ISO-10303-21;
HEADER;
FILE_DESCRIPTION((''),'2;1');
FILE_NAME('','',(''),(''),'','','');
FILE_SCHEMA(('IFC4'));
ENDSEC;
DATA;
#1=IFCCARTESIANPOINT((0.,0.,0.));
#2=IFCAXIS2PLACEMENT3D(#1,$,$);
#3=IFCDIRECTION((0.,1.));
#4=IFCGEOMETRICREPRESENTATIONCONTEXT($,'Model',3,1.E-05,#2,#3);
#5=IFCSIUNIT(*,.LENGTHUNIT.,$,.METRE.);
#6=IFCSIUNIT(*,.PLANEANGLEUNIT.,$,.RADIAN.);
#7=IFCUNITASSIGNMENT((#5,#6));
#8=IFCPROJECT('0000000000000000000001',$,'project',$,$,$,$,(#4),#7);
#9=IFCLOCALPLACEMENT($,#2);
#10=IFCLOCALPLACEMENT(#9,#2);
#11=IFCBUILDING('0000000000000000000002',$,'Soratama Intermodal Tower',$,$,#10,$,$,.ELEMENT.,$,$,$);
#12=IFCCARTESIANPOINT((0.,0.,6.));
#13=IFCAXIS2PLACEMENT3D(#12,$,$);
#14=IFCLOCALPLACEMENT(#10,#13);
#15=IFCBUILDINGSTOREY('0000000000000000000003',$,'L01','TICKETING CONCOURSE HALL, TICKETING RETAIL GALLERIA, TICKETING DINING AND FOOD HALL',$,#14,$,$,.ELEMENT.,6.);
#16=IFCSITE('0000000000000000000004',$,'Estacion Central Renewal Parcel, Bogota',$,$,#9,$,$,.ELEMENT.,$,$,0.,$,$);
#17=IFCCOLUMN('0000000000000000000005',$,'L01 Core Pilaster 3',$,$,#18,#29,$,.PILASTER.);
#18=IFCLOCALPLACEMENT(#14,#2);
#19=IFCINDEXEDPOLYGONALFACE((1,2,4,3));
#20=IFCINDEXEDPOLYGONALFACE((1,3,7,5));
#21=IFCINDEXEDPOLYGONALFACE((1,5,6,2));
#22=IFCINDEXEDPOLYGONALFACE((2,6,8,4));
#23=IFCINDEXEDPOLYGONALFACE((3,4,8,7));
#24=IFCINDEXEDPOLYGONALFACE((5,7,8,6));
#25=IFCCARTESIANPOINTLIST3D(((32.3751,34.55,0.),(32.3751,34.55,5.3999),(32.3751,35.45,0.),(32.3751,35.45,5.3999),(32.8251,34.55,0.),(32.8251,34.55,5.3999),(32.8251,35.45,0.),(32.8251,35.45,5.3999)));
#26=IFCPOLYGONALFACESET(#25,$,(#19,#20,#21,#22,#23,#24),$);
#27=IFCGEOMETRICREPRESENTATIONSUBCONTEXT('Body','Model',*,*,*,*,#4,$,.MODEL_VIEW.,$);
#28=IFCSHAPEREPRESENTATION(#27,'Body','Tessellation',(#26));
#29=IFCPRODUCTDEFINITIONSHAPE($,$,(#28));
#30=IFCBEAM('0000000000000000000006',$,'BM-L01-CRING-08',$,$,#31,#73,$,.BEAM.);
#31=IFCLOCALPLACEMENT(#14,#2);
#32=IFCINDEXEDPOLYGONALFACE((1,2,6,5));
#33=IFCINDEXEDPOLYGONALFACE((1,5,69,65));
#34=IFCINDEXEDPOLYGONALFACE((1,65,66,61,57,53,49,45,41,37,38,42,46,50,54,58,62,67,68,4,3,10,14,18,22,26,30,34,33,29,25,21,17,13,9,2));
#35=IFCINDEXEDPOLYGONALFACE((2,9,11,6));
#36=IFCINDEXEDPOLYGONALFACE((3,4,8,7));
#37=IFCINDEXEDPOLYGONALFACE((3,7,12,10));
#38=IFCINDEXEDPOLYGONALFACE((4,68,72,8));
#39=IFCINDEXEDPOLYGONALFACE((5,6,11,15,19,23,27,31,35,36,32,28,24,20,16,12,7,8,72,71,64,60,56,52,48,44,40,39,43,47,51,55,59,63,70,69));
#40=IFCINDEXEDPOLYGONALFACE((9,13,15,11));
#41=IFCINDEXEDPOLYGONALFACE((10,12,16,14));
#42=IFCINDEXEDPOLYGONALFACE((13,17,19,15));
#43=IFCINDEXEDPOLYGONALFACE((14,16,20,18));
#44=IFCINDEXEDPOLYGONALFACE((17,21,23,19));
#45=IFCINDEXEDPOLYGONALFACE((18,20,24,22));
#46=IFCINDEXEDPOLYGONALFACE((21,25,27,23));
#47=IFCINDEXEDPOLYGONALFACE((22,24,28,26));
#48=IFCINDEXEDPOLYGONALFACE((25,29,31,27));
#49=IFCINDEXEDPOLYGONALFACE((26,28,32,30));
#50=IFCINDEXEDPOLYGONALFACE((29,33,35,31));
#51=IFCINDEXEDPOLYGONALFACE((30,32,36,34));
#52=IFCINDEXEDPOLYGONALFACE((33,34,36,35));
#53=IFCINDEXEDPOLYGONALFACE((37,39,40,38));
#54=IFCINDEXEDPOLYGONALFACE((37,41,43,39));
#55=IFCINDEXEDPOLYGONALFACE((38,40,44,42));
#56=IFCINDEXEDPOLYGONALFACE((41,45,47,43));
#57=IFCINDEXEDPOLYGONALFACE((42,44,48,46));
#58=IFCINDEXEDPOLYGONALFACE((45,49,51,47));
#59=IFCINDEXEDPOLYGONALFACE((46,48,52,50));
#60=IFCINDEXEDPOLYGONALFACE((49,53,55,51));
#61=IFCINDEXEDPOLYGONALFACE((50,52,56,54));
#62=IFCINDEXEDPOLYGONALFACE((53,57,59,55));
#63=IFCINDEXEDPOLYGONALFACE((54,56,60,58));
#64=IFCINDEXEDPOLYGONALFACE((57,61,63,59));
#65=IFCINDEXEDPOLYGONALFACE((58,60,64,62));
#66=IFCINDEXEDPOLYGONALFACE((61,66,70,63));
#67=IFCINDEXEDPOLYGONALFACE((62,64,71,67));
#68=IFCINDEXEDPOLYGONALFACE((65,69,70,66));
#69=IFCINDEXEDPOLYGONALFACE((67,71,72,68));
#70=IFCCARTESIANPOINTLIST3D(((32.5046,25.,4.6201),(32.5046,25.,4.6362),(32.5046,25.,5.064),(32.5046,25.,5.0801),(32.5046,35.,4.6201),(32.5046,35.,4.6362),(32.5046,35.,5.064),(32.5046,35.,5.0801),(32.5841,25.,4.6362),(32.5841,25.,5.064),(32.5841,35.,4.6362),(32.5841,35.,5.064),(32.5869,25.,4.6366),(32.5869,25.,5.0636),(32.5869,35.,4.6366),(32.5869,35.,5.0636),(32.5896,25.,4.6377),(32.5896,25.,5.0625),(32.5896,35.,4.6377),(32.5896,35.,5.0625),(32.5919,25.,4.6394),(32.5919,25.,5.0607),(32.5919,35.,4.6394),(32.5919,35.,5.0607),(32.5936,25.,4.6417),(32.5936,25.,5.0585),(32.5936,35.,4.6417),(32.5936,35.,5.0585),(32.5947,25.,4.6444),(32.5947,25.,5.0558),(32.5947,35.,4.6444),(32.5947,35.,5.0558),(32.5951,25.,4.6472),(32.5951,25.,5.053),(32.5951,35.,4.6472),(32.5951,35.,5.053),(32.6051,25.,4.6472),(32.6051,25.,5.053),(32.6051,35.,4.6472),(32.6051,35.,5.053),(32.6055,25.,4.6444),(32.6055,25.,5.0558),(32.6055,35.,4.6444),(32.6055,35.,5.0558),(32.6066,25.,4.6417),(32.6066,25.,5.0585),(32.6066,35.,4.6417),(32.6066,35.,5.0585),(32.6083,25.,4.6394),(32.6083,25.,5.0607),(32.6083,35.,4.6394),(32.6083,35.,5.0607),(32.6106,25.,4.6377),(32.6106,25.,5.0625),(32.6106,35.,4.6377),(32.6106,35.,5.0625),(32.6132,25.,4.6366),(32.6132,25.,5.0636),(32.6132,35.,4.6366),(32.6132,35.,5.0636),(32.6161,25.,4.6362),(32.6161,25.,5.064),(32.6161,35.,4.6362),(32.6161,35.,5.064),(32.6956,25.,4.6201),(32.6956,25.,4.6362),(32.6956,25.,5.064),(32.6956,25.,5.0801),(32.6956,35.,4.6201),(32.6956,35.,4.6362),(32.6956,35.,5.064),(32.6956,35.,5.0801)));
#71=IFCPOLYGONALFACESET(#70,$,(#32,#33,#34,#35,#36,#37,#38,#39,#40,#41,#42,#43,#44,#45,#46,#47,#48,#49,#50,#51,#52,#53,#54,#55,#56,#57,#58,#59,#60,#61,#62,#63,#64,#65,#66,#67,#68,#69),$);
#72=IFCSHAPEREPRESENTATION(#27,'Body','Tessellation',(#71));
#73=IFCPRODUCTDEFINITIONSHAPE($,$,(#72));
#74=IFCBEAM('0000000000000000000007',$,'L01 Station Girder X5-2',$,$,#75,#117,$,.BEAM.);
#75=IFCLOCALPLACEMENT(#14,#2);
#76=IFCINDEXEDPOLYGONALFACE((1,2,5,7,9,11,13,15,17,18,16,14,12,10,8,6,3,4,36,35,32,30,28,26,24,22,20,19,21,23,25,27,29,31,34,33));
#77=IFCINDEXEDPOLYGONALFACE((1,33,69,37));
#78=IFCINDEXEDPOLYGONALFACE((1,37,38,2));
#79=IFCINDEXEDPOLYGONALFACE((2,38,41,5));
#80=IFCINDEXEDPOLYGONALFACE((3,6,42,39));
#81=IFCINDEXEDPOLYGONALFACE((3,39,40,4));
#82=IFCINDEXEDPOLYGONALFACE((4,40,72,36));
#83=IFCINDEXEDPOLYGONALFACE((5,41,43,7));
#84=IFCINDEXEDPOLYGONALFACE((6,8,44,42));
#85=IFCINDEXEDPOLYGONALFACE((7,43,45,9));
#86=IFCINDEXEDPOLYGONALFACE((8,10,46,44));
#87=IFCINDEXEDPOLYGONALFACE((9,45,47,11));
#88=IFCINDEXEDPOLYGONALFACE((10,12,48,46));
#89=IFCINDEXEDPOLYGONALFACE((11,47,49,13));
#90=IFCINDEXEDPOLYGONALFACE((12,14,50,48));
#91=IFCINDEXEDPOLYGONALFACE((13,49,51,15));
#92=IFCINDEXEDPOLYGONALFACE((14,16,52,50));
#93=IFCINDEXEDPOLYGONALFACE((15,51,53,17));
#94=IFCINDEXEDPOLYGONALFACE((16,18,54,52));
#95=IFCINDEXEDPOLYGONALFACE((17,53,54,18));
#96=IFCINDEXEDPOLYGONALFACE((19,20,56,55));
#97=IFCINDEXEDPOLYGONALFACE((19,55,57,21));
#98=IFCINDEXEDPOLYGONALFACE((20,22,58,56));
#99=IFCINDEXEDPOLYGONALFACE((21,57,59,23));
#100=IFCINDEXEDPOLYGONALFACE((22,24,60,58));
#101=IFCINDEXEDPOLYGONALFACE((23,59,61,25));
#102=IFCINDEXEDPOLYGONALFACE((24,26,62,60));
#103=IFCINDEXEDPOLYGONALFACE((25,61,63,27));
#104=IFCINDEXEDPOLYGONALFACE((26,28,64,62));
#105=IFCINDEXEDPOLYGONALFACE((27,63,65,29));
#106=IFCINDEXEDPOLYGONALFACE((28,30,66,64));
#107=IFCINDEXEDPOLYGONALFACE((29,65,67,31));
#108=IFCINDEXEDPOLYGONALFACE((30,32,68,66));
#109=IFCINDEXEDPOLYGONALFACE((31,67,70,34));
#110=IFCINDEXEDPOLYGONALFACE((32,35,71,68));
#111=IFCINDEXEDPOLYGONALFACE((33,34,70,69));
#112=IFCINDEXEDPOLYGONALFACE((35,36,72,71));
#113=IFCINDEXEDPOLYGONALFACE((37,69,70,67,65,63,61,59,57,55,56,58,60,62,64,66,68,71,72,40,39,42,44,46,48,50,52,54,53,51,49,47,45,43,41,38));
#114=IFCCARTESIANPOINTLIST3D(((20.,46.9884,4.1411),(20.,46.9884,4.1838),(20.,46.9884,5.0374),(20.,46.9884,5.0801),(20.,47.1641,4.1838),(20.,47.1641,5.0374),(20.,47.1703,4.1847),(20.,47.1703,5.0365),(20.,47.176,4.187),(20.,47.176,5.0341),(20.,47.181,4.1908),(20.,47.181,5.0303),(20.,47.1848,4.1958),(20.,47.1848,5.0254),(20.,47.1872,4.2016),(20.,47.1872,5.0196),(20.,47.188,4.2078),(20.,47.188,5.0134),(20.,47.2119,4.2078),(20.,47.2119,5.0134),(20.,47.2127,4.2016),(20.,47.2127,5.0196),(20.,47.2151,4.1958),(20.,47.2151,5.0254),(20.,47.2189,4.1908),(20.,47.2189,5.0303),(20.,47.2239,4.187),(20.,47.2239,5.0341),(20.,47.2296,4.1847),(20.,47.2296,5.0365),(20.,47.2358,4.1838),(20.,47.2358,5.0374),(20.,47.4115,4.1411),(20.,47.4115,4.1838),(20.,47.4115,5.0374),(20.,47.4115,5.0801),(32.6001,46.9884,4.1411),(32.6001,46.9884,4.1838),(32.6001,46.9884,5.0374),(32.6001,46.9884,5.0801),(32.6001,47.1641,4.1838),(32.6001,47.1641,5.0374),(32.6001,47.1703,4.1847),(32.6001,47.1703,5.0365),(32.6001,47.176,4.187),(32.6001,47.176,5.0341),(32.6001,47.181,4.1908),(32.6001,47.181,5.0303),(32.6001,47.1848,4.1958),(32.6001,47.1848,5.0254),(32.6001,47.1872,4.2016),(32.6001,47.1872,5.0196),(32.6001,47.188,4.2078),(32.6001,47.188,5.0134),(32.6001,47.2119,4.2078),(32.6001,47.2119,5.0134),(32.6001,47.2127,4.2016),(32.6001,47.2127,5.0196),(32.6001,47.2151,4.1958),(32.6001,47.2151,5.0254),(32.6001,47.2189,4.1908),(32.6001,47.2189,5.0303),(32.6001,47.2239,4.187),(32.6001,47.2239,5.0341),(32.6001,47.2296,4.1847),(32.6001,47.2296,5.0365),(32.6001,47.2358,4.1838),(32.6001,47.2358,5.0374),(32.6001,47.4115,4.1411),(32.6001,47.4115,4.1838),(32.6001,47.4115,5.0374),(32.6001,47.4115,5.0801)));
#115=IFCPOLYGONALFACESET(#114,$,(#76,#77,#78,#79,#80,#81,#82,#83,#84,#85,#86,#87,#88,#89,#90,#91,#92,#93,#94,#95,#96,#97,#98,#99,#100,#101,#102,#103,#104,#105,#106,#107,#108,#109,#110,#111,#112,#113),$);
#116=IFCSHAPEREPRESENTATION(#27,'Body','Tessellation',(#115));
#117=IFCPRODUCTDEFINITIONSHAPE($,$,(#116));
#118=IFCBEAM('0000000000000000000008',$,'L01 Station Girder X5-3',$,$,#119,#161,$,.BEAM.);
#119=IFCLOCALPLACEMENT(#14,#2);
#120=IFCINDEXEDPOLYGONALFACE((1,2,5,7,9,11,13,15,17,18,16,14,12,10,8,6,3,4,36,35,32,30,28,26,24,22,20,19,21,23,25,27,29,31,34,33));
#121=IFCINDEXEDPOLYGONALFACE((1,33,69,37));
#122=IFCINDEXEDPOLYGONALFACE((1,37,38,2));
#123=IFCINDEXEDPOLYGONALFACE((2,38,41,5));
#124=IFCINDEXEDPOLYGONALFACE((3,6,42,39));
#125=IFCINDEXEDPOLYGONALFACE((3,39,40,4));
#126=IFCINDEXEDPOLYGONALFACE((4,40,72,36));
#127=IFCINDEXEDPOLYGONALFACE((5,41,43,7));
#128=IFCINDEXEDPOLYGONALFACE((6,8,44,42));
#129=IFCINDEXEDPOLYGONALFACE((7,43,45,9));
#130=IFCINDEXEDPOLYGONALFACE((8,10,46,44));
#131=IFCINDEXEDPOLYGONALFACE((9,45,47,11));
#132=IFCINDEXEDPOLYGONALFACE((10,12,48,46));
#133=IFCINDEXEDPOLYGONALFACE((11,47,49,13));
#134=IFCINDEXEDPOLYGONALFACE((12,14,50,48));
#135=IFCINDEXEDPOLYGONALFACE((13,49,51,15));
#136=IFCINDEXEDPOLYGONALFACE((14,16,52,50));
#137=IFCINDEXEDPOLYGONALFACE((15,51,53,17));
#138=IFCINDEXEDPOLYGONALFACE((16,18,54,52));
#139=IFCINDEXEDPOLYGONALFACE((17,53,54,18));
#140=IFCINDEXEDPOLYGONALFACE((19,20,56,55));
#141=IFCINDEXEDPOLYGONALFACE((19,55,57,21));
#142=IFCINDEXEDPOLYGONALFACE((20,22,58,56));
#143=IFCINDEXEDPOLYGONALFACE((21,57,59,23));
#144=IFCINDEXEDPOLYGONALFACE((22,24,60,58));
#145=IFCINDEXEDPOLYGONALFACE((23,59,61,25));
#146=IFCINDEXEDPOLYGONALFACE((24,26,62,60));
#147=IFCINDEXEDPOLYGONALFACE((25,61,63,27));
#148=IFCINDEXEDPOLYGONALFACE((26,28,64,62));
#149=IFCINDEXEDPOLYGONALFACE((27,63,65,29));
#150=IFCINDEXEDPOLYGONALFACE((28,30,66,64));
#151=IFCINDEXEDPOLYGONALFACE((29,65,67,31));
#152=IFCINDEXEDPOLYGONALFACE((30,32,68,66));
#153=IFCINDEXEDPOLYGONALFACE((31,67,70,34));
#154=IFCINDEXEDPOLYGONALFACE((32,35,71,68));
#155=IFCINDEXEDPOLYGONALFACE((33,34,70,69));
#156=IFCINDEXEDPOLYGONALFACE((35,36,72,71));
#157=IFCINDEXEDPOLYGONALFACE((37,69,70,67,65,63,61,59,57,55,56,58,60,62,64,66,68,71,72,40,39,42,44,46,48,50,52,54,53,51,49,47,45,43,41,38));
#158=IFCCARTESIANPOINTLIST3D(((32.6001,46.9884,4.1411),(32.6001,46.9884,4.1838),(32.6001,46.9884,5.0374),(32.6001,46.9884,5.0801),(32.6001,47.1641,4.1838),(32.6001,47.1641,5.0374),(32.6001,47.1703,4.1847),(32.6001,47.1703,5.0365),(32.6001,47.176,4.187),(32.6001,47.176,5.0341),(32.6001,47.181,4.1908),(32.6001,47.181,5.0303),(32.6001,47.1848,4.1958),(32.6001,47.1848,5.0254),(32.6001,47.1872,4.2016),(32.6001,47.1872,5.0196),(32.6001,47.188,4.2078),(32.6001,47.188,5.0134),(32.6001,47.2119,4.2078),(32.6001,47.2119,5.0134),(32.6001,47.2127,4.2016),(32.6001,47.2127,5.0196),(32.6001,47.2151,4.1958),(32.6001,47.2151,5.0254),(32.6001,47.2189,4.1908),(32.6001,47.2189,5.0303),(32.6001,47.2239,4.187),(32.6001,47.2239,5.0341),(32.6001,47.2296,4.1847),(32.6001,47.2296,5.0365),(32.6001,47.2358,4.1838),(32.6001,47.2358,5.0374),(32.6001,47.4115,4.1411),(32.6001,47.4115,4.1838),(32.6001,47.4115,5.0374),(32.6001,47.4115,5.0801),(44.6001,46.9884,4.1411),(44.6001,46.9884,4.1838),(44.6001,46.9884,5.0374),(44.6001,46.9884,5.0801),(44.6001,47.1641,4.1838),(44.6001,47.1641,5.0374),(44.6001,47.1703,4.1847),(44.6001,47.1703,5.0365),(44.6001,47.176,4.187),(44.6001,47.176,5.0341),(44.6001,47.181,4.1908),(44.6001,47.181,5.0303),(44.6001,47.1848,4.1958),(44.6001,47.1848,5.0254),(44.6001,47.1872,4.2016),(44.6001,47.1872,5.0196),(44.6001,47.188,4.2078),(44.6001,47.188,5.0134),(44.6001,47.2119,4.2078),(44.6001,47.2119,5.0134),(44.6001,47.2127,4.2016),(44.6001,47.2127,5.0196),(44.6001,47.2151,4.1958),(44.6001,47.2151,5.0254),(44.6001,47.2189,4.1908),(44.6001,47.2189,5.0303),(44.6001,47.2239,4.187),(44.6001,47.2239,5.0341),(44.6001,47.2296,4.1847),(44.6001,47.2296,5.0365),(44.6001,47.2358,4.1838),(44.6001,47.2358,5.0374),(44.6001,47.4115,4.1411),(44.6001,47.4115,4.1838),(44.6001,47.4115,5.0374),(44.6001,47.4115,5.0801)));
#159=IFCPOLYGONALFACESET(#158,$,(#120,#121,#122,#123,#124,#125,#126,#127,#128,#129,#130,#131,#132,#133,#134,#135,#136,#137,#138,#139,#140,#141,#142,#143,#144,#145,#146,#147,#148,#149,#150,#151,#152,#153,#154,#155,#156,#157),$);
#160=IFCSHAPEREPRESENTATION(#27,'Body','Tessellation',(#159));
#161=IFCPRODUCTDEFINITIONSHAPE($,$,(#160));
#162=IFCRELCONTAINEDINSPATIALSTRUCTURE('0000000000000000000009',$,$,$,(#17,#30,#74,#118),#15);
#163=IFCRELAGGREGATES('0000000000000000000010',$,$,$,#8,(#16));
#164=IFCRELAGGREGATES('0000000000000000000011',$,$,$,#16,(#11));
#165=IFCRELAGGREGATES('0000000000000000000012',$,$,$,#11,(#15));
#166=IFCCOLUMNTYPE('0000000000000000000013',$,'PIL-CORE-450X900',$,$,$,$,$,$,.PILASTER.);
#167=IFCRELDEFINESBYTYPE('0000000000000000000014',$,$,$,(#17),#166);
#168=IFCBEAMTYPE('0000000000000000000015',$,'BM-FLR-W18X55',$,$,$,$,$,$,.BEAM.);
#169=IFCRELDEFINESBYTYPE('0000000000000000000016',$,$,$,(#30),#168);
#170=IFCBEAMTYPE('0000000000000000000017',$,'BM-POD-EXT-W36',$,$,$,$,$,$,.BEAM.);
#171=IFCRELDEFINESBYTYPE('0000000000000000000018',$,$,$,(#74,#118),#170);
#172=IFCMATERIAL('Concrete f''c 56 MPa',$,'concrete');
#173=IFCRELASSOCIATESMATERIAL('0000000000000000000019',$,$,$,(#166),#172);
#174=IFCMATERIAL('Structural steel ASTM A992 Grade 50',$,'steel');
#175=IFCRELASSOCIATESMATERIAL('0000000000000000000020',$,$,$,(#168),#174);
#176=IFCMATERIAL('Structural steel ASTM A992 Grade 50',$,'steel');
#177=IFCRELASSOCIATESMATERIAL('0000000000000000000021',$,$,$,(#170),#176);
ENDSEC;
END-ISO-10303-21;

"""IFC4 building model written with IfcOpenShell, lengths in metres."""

from ifc_helpers import new_model, si_unit, direction, frame, origin, origin_2d, place, context, subcontext, project, spatial, rectangle, i_section, extrude, material, material_profile, profile_set, type_object, element, save


model = new_model("IFC4")

# Units and contexts
model_context = context("Model", 3, precision=1e-05, world=origin(), true_north=direction((0.0, 1.0)))
body_context = subcontext(model_context, "Body", "Model", "MODEL_VIEW")
ifc_project = project(units=[si_unit("LENGTHUNIT", "METRE"), si_unit("PLANEANGLEUNIT", "RADIAN")], contexts=[model_context])

# Site, building, storey
site_placement = place(None, origin())
site = spatial("IfcSite", under=ifc_project, at=site_placement, Name="Estacion Central Renewal Parcel, Bogota", CompositionType="ELEMENT", RefElevation=0.0)
building_placement = place(site_placement, origin())
building = spatial("IfcBuilding", under=site, at=building_placement, Name="Soratama Intermodal Tower", CompositionType="ELEMENT")
storey_placement = place(building_placement, frame((0.0, 0.0, 6.0)))
storey = spatial("IfcBuildingStorey", under=building, at=storey_placement, Name="L01", Description="TICKETING CONCOURSE HALL, TICKETING RETAIL GALLERIA, TICKETING DINING AND FOOD HALL", CompositionType="ELEMENT", Elevation=6.0)

# Column
ifc_material_1 = material(Name="Concrete f'c 56 MPa", Category="concrete")
ifc_material_profile_1 = material_profile(ifc_material_1, rectangle(XDim=0.45, YDim=0.8999, at=origin_2d()), Name="RC450X900")
ifc_profile_set_1 = profile_set([ifc_material_profile_1], Name="Concrete f'c 56 MPa")
column_type_1 = type_object("IfcColumnType", Name="PIL-CORE-450X900", PredefinedType="PILASTER", material=ifc_profile_set_1)
column_1_placement = place(storey_placement, frame((32.6001, 35.0, 0.0), z_axis=(0.0, 0.0, 1.0), x_axis=(1.0, 0.0, 0.0)))
element("IfcColumn", 1, at=column_1_placement, inside=storey, type_object=column_type_1, Name="L01 Core Pilaster 3", PredefinedType="PILASTER", context=body_context, shape_type="SweptSolid", body=[
    extrude(rectangle(XDim=0.45, YDim=0.8999, at=origin_2d()), origin(), (0.0, 0.0, 1.0), 5.3999),
])

# Beams
ifc_material_2 = material(Name="Structural steel ASTM A992 Grade 50", Category="steel")
ifc_material_profile_2 = material_profile(ifc_material_2, i_section(OverallWidth=0.1909, OverallDepth=0.46, WebThickness=0.01, FlangeThickness=0.0161, FilletRadius=0.011, at=origin_2d()), Name="W18X55")
ifc_profile_set_2 = profile_set([ifc_material_profile_2], Name="Structural steel ASTM A992 Grade 50")
beam_type_1 = type_object("IfcBeamType", Name="BM-FLR-W18X55", PredefinedType="BEAM", material=ifc_profile_set_2)
beam_1_placement = place(storey_placement, frame((32.6001, 35.0, 4.8501), z_axis=(0.0, -1.0, 0.0), x_axis=(1.0, 0.0, 0.0)))
element("IfcBeam", 2, at=beam_1_placement, inside=storey, type_object=beam_type_1, Name="BM-L01-CRING-08", PredefinedType="BEAM", context=body_context, shape_type="SweptSolid", body=[
    extrude(i_section(OverallWidth=0.1909, OverallDepth=0.46, WebThickness=0.01, FlangeThickness=0.0161, FilletRadius=0.011, at=origin_2d()), origin(), (0.0, 0.0, 1.0), 10.0),
])
ifc_material_3 = material(Name="Structural steel ASTM A992 Grade 50", Category="steel")
ifc_material_profile_3 = material_profile(ifc_material_3, i_section(OverallWidth=0.4231, OverallDepth=0.939, WebThickness=0.0239, FlangeThickness=0.0427, FilletRadius=0.0239, at=origin_2d()), Name="W36X302")
ifc_profile_set_3 = profile_set([ifc_material_profile_3], Name="Structural steel ASTM A992 Grade 50")
beam_type_2 = type_object("IfcBeamType", Name="BM-POD-EXT-W36", PredefinedType="BEAM", material=ifc_profile_set_3)
beam_2_placement = place(storey_placement, frame((20.0, 47.2, 4.6106), z_axis=(1.0, 0.0, 0.0), x_axis=(0.0, 1.0, 0.0)))
element("IfcBeam", 3, at=beam_2_placement, inside=storey, type_object=beam_type_2, Name="L01 Station Girder X5-2", PredefinedType="BEAM", context=body_context, shape_type="SweptSolid", body=[
    extrude(i_section(OverallWidth=0.4231, OverallDepth=0.939, WebThickness=0.0239, FlangeThickness=0.0427, FilletRadius=0.0239, at=origin_2d()), origin(), (0.0, 0.0, 1.0), 12.6001),
])
beam_3_placement = place(storey_placement, frame((32.6001, 47.2, 4.6106), z_axis=(1.0, 0.0, 0.0), x_axis=(0.0, 1.0, 0.0)))
element("IfcBeam", 4, at=beam_3_placement, inside=storey, type_object=beam_type_2, Name="L01 Station Girder X5-3", PredefinedType="BEAM", context=body_context, shape_type="SweptSolid", body=[
    extrude(i_section(OverallWidth=0.4231, OverallDepth=0.939, WebThickness=0.0239, FlangeThickness=0.0427, FilletRadius=0.0239, at=origin_2d()), origin(), (0.0, 0.0, 1.0), 12.0),
])

save(model, "model.ifc")
